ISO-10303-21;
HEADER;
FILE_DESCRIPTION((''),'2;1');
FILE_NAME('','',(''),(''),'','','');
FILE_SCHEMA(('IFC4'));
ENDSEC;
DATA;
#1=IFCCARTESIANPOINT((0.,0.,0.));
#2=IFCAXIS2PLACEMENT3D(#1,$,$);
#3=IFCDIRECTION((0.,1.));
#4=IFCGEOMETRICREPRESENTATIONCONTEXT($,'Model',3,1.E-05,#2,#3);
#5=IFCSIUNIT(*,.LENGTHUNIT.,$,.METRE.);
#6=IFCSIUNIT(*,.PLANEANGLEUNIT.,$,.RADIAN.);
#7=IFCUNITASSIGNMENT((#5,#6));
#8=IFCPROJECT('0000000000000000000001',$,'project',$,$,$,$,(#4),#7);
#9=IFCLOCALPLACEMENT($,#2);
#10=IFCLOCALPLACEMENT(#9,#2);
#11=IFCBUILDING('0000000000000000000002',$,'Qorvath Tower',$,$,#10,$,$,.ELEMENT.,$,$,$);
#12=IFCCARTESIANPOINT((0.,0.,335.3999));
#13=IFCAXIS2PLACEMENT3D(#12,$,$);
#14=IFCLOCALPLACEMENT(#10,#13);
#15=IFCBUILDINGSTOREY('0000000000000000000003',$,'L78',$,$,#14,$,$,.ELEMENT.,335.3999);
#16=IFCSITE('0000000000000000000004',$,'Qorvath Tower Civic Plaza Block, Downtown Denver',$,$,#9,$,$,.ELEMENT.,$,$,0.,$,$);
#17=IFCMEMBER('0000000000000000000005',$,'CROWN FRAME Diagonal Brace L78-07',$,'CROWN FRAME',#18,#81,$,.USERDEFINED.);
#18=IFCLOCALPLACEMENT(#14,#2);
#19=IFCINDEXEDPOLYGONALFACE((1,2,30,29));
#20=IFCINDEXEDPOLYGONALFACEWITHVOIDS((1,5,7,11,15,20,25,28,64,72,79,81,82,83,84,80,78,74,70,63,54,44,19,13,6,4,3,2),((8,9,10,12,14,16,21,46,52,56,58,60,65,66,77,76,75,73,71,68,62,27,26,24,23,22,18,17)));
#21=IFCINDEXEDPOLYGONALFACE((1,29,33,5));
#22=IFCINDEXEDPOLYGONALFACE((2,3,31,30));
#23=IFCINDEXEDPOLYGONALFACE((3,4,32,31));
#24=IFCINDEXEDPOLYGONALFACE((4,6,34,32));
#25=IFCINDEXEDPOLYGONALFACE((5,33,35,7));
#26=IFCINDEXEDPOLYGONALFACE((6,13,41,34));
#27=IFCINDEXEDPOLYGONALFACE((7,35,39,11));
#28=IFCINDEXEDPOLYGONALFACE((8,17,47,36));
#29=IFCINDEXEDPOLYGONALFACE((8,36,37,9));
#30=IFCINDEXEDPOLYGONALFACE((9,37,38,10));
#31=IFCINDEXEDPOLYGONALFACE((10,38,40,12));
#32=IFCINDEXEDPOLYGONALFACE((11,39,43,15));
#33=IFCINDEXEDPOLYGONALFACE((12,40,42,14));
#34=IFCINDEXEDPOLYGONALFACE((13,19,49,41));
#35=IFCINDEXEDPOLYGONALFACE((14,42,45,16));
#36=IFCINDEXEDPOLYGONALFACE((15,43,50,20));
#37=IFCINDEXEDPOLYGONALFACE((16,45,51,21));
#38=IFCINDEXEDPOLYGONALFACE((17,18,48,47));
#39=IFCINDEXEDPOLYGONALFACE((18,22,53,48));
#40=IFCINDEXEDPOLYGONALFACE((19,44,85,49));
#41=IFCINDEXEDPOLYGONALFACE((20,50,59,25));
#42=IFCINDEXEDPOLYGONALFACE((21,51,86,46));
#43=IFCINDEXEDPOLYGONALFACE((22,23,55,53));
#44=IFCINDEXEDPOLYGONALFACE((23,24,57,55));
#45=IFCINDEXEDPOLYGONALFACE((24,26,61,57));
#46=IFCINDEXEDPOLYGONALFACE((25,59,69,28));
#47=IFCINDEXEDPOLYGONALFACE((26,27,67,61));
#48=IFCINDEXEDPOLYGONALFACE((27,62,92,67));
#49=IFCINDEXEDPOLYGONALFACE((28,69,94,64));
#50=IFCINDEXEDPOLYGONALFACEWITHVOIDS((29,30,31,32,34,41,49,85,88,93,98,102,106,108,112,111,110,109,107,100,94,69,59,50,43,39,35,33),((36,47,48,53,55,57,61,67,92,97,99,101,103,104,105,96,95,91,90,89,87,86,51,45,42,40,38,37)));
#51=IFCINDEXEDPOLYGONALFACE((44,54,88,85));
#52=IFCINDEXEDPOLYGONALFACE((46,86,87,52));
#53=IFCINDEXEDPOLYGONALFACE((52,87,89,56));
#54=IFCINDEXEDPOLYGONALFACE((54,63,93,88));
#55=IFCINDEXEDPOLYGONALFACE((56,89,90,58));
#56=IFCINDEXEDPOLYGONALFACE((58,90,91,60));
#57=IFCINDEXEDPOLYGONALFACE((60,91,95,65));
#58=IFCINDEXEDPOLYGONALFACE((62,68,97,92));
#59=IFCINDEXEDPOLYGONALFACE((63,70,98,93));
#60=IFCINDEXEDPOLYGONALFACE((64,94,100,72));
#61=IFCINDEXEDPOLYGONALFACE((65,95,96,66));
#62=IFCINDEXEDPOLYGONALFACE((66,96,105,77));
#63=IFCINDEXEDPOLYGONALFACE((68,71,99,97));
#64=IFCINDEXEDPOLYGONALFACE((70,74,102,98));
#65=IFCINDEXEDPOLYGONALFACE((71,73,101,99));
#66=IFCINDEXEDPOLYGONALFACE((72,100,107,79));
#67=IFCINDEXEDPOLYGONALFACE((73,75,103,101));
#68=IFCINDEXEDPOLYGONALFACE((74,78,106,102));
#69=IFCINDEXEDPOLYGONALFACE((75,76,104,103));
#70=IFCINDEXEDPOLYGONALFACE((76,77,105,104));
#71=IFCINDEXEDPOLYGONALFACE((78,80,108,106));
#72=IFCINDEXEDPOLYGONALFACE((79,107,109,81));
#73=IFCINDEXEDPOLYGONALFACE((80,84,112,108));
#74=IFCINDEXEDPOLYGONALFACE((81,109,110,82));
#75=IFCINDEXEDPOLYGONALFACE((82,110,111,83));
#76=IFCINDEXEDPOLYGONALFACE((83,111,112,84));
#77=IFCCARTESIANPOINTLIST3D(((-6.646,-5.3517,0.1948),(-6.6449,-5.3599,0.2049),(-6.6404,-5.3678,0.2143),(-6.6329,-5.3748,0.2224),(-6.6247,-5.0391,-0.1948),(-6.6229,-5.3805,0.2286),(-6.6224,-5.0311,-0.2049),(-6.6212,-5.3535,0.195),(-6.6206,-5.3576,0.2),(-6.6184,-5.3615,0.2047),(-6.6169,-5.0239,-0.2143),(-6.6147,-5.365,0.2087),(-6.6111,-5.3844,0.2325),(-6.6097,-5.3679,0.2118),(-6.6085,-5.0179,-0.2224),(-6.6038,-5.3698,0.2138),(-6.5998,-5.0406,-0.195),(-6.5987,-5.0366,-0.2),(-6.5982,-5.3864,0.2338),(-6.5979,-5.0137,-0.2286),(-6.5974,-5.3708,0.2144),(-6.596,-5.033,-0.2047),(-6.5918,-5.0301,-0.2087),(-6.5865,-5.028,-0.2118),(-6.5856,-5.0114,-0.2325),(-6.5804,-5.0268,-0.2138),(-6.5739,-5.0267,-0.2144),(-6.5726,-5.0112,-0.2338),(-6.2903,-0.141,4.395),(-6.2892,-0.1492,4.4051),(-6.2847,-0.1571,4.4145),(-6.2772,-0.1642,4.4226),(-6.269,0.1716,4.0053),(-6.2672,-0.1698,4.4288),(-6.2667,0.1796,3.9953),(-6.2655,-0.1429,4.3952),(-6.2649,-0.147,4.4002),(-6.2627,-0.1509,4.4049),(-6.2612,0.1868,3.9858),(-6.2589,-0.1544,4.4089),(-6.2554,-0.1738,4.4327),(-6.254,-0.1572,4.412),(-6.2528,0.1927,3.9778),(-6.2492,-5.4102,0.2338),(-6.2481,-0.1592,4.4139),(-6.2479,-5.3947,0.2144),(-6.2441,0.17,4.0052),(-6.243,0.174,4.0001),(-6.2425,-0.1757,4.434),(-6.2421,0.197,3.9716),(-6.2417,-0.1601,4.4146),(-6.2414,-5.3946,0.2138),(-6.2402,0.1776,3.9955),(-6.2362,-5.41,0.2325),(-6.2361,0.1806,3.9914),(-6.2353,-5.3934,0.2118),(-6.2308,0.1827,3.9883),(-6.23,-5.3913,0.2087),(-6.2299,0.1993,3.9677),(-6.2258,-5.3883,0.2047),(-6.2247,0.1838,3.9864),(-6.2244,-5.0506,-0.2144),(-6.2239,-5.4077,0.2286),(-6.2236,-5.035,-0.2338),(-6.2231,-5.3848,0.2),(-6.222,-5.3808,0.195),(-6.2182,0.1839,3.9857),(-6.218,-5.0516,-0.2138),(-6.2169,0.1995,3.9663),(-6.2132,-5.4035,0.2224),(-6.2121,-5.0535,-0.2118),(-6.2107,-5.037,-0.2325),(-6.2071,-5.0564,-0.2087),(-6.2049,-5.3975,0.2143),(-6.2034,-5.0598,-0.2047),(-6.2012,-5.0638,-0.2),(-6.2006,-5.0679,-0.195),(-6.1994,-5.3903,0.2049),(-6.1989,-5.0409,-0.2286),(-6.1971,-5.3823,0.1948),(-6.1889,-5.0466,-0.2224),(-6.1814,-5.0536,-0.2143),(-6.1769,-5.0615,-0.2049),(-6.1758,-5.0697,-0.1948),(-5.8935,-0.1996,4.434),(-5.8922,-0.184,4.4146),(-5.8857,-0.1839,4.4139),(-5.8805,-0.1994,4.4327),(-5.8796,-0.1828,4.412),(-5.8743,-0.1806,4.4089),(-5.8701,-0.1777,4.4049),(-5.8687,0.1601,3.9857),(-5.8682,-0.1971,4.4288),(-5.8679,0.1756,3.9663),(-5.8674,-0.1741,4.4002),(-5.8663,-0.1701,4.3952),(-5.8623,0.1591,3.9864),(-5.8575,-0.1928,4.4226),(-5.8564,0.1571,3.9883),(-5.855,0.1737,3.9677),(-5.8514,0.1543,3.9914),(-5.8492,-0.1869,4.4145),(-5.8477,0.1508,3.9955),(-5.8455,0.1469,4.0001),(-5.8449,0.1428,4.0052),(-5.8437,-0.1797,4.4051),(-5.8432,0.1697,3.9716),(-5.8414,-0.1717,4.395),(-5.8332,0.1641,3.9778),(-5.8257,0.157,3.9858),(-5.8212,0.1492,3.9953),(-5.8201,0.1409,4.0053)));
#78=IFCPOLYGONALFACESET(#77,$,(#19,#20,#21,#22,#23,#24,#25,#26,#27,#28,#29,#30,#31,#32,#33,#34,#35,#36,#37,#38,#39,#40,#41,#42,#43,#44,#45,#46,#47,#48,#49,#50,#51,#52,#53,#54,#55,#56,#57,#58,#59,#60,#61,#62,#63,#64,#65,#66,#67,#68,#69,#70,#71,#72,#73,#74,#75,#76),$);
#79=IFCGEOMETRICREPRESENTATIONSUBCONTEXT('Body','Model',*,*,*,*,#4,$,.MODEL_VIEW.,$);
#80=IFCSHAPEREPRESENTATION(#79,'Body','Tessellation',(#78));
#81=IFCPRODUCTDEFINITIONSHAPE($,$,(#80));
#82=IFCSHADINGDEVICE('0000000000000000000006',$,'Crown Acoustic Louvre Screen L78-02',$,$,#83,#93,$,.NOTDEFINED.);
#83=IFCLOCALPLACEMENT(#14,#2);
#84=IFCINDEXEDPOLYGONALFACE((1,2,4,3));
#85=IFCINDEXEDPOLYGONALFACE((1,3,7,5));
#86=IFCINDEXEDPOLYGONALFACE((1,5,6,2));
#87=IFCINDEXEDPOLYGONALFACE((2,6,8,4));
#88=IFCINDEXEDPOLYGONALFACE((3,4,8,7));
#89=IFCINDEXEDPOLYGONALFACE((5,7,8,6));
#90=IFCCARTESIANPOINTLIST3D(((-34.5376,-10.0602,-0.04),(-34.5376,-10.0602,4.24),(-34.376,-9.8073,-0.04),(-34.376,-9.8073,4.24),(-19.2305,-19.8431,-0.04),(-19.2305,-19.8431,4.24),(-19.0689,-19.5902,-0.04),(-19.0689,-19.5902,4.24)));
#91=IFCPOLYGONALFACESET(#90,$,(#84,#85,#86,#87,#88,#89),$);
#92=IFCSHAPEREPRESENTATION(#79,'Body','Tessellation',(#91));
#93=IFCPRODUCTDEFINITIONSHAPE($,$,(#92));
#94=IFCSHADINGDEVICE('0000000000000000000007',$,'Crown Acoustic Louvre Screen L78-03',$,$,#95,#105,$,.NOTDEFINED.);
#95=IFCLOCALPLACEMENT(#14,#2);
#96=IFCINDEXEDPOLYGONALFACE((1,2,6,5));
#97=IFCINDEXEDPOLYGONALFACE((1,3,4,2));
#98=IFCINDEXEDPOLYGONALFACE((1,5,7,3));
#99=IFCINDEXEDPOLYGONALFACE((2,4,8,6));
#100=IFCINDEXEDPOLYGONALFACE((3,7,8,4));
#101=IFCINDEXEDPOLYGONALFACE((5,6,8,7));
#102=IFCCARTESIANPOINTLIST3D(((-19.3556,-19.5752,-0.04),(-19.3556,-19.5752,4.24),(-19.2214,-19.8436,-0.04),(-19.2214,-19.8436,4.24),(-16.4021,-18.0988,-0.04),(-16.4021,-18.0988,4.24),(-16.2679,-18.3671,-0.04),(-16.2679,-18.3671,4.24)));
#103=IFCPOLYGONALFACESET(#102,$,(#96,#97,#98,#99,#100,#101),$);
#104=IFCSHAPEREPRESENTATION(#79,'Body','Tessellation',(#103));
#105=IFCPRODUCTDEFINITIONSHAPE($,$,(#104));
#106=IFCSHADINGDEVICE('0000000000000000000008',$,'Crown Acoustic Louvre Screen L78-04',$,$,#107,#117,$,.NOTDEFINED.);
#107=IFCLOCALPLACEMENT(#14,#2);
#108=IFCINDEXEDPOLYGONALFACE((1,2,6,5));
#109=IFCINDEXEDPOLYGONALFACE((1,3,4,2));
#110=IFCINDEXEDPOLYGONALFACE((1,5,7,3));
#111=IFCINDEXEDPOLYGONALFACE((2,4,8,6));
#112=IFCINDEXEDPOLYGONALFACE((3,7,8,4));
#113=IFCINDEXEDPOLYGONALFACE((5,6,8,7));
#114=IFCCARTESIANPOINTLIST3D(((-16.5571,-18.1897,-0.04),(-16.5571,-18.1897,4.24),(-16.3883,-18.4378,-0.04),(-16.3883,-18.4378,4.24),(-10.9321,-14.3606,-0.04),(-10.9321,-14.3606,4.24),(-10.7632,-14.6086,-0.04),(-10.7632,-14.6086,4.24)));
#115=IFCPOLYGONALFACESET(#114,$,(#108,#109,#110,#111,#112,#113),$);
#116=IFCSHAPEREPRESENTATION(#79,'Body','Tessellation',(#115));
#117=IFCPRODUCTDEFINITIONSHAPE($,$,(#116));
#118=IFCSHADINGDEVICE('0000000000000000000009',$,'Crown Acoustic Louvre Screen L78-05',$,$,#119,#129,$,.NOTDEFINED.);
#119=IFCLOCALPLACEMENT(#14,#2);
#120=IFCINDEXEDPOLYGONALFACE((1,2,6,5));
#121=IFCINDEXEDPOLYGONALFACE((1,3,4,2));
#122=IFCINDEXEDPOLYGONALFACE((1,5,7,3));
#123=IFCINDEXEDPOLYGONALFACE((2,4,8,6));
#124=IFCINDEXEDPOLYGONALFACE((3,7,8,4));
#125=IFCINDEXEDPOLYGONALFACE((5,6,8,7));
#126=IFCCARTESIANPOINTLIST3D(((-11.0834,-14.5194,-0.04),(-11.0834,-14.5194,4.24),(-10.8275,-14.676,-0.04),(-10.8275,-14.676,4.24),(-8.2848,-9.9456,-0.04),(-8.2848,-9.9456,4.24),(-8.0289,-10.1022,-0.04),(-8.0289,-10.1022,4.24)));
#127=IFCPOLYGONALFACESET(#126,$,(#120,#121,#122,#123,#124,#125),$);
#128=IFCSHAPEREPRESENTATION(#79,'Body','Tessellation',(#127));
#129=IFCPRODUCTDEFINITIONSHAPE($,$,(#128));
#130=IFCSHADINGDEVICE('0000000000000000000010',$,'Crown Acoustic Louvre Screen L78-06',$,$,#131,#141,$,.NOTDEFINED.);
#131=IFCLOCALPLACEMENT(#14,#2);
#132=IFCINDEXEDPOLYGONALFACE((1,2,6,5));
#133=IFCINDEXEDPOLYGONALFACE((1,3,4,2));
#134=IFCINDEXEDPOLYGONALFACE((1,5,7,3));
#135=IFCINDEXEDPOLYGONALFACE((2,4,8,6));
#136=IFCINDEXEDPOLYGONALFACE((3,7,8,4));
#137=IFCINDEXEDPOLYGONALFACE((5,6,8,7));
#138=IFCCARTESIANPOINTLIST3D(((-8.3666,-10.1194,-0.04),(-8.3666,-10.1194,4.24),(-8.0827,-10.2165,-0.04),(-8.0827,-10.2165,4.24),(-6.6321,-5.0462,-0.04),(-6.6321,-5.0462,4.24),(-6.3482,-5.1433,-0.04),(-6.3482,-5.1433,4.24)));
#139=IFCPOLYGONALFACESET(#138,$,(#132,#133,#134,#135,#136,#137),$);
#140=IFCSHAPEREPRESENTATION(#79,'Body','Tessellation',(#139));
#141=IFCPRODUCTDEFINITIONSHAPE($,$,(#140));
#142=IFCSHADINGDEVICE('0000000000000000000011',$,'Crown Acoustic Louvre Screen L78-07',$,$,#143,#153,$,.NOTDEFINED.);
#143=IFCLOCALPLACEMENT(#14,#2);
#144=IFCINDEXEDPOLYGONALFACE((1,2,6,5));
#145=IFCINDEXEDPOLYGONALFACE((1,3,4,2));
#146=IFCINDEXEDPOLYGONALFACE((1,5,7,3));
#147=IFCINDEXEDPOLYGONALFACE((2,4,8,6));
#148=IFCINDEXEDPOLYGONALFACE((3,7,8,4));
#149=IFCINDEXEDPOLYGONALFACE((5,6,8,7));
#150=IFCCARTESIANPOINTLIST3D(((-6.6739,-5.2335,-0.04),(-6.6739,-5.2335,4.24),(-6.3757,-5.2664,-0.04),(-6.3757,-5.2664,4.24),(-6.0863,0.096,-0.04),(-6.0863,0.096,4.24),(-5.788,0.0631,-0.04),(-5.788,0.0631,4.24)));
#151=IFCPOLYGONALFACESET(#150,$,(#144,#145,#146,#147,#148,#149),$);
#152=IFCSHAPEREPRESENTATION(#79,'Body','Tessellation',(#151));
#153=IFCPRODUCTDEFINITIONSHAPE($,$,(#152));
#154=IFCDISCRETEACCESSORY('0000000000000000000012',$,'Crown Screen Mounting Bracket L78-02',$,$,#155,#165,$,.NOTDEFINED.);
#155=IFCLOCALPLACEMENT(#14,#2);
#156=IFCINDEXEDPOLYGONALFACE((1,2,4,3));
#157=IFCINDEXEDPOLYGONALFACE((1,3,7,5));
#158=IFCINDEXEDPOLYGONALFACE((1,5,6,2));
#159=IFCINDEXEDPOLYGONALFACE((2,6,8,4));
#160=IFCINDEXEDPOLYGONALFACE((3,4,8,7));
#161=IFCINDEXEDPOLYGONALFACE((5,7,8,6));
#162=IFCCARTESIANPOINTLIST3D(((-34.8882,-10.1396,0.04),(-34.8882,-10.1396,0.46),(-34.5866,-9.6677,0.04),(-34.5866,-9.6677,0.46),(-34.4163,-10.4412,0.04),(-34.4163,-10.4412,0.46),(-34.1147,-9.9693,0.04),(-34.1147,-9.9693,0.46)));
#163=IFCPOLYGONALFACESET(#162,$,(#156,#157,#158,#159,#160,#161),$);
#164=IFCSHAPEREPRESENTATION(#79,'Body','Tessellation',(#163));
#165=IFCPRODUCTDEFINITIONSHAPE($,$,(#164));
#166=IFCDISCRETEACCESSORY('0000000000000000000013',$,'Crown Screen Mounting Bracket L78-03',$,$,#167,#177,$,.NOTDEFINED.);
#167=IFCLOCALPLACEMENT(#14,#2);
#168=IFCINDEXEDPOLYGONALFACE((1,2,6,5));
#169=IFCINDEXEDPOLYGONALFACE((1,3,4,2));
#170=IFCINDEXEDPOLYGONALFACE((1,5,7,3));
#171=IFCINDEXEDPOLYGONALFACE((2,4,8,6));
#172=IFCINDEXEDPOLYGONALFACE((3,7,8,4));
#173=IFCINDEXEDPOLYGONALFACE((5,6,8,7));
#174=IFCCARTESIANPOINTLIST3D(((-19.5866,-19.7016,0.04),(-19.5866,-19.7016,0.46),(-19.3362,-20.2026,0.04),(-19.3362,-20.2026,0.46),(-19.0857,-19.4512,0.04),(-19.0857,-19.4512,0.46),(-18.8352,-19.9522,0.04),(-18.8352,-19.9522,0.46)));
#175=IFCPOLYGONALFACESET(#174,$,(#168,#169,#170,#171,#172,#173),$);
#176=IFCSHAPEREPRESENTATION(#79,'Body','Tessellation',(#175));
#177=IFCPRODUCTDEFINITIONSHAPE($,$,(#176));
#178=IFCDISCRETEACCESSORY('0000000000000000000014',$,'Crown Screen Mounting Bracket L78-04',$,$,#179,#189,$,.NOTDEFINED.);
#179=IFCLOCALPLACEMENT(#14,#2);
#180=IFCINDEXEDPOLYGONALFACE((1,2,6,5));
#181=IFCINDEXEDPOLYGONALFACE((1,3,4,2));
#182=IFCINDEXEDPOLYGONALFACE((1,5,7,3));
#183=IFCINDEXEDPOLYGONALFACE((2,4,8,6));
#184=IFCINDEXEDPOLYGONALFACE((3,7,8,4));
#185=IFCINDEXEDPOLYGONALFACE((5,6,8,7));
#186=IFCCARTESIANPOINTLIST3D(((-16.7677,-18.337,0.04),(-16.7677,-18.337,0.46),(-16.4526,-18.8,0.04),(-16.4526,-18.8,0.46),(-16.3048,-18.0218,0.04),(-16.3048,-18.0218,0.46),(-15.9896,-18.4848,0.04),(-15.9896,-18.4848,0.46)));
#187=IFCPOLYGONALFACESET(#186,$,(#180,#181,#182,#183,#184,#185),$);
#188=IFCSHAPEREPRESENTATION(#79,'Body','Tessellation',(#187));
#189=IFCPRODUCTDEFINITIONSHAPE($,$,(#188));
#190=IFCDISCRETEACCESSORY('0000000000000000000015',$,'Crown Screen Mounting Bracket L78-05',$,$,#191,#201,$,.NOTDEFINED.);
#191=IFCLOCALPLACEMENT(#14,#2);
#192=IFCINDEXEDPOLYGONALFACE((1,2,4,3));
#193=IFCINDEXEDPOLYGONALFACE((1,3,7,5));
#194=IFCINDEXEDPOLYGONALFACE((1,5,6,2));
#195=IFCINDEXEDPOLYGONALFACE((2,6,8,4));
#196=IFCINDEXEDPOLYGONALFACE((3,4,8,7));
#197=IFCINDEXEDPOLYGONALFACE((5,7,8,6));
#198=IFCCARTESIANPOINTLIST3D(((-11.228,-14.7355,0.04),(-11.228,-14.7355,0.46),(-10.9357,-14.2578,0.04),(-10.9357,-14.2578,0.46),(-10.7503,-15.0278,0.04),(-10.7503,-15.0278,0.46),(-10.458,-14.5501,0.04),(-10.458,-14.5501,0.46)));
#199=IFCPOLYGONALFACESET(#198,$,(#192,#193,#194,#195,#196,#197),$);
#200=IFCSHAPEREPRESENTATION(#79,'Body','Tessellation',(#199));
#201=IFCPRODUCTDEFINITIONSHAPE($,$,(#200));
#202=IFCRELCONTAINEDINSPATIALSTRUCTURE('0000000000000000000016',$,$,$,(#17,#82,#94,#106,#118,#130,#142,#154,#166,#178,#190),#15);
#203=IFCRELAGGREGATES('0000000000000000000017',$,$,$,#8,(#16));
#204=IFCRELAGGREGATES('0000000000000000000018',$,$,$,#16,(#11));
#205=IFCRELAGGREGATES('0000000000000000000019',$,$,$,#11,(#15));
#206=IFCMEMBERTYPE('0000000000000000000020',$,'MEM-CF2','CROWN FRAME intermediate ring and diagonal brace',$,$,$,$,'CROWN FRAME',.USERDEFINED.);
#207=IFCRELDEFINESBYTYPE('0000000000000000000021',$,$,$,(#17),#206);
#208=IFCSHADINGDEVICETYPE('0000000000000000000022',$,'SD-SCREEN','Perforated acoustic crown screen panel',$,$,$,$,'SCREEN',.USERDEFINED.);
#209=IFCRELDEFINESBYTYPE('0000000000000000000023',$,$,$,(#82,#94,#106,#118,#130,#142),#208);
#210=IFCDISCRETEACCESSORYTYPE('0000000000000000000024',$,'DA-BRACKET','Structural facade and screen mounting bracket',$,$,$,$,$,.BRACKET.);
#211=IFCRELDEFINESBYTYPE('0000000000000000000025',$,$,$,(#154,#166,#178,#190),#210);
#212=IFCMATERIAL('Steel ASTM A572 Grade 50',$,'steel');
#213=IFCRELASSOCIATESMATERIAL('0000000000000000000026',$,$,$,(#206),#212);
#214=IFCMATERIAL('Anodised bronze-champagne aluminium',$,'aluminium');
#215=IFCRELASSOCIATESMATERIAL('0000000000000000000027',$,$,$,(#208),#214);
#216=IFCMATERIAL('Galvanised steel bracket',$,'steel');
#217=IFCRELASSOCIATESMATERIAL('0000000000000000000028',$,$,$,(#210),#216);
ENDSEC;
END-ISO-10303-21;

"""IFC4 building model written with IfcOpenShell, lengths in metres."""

from ifc_helpers import new_model, si_unit, direction, frame, origin, origin_2d, place, context, subcontext, project, spatial, rectangle, hollow_rectangle, extrude, material, material_profile, profile_set, type_object, element, save


model = new_model("IFC4")

# Units and contexts
model_context = context("Model", 3, precision=1e-05, world=origin(), true_north=direction((0.0, 1.0)))
body_context = subcontext(model_context, "Body", "Model", "MODEL_VIEW")
ifc_project = project(units=[si_unit("LENGTHUNIT", "METRE"), si_unit("PLANEANGLEUNIT", "RADIAN")], contexts=[model_context])

# Site, building, storey
site_placement = place(None, origin())
site = spatial("IfcSite", under=ifc_project, at=site_placement, Name="Qorvath Tower Civic Plaza Block, Downtown Denver", CompositionType="ELEMENT", RefElevation=0.0)
building_placement = place(site_placement, origin())
building = spatial("IfcBuilding", under=site, at=building_placement, Name="Qorvath Tower", CompositionType="ELEMENT")
storey_placement = place(building_placement, frame((0.0, 0.0, 335.3999)))
storey = spatial("IfcBuildingStorey", under=building, at=storey_placement, Name="L78", CompositionType="ELEMENT", Elevation=335.3999)

# Member
ifc_material_1 = material(Name="Steel ASTM A572 Grade 50", Category="steel")
ifc_material_profile_1 = material_profile(ifc_material_1, hollow_rectangle(XDim=0.45, YDim=0.6001, WallThickness=0.0249, InnerFilletRadius=0.0249, OuterFilletRadius=0.05, at=origin_2d()), Name="CROWN BOX 600x450x25")
ifc_profile_set_1 = profile_set([ifc_material_profile_1], Name="Steel ASTM A572 Grade 50")
member_type_1 = type_object("IfcMemberType", Name="MEM-CF2", Description="CROWN FRAME intermediate ring and diagonal brace", ElementType="CROWN FRAME", PredefinedType="USERDEFINED", material=ifc_profile_set_1)
member_1_placement = place(storey_placement, frame((-6.4109, -5.2107, 0.0), z_axis=(0.053074, 0.77746, 0.626689), x_axis=(-0.997678, 0.068107, 0.0)))
element("IfcMember", 1, at=member_1_placement, inside=storey, type_object=member_type_1, Name="CROWN FRAME Diagonal Brace L78-07", ObjectType="CROWN FRAME", PredefinedType="USERDEFINED", context=body_context, shape_type="SweptSolid", body=[
    extrude(hollow_rectangle(XDim=0.45, YDim=0.6001, WallThickness=0.0249, InnerFilletRadius=0.0249, OuterFilletRadius=0.05, at=origin_2d()), origin(), (0.0, 0.0, 1.0), 6.7021),
])

# Shading devices
ifc_material_2 = material(Name="Anodised bronze-champagne aluminium", Category="aluminium")
shading_device_type = type_object("IfcShadingDeviceType", Name="SD-SCREEN", Description="Perforated acoustic crown screen panel", ElementType="SCREEN", PredefinedType="USERDEFINED", material=ifc_material_2)
shading_device_1_placement = place(storey_placement, frame((-26.8032, -14.8252, -0.04), z_axis=(0.0, 0.0, 1.0), x_axis=(0.842612, -0.538521, 0.0)))
element("IfcShadingDevice", 2, at=shading_device_1_placement, inside=storey, type_object=shading_device_type, Name="Crown Acoustic Louvre Screen L78-02", PredefinedType="NOTDEFINED", context=body_context, shape_type="SweptSolid", body=[
    extrude(rectangle(XDim=18.1663, YDim=0.3, at=origin_2d()), origin(), (0.0, 0.0, 1.0), 4.28),
])
shading_device_2_placement = place(storey_placement, frame((-17.8118, -18.9712, -0.04), z_axis=(0.0, 0.0, 1.0), x_axis=(0.894459, 0.44715, 0.0)))
element("IfcShadingDevice", 3, at=shading_device_2_placement, inside=storey, type_object=shading_device_type, Name="Crown Acoustic Louvre Screen L78-03", PredefinedType="NOTDEFINED", context=body_context, shape_type="SweptSolid", body=[
    extrude(rectangle(XDim=3.302, YDim=0.3, at=origin_2d()), origin(), (0.0, 0.0, 1.0), 4.28),
])
shading_device_3_placement = place(storey_placement, frame((-13.6602, -16.3992, -0.04), z_axis=(0.0, 0.0, 1.0), x_axis=(0.826643, 0.562727, 0.0)))
element("IfcShadingDevice", 4, at=shading_device_3_placement, inside=storey, type_object=shading_device_type, Name="Crown Acoustic Louvre Screen L78-04", PredefinedType="NOTDEFINED", context=body_context, shape_type="SweptSolid", body=[
    extrude(rectangle(XDim=6.8047, YDim=0.3, at=origin_2d()), origin(), (0.0, 0.0, 1.0), 4.28),
])
shading_device_4_placement = place(storey_placement, frame((-9.5562, -12.3108, -0.04), z_axis=(0.0, 0.0, 1.0), x_axis=(0.521936, 0.852985, 0.0)))
element("IfcShadingDevice", 5, at=shading_device_4_placement, inside=storey, type_object=shading_device_type, Name="Crown Acoustic Louvre Screen L78-05", PredefinedType="NOTDEFINED", context=body_context, shape_type="SweptSolid", body=[
    extrude(rectangle(XDim=5.3621, YDim=0.3, at=origin_2d()), origin(), (0.0, 0.0, 1.0), 4.28),
])
shading_device_5_placement = place(storey_placement, frame((-7.3574, -7.6313, -0.04), z_axis=(0.0, 0.0, 1.0), x_axis=(0.323513, 0.946224, 0.0)))
element("IfcShadingDevice", 6, at=shading_device_5_placement, inside=storey, type_object=shading_device_type, Name="Crown Acoustic Louvre Screen L78-06", PredefinedType="NOTDEFINED", context=body_context, shape_type="SweptSolid", body=[
    extrude(rectangle(XDim=5.3616, YDim=0.3, at=origin_2d()), origin(), (0.0, 0.0, 1.0), 4.28),
])
shading_device_6_placement = place(storey_placement, frame((-6.231, -2.5852, -0.04), z_axis=(0.0, 0.0, 1.0), x_axis=(0.109599, 0.993976, 0.0)))
element("IfcShadingDevice", 7, at=shading_device_6_placement, inside=storey, type_object=shading_device_type, Name="Crown Acoustic Louvre Screen L78-07", PredefinedType="NOTDEFINED", context=body_context, shape_type="SweptSolid", body=[
    extrude(rectangle(XDim=5.3618, YDim=0.3, at=origin_2d()), origin(), (0.0, 0.0, 1.0), 4.28),
])

# Discrete accessories
ifc_material_3 = material(Name="Galvanised steel bracket", Category="steel")
discrete_accessory_type = type_object("IfcDiscreteAccessoryType", Name="DA-BRACKET", Description="Structural facade and screen mounting bracket", PredefinedType="BRACKET", material=ifc_material_3)
for number, where, z_axis, x_axis, name in (
    (8, (-34.5015, -10.0544, 0.04), (0.0, 0.0, 1.0), (0.842612, -0.538521, 0.0), "Crown Screen Mounting Bracket L78-02"),
    (9, (-19.2109, -19.8269, 0.04), (0.0, 0.0, 1.0), (0.894459, 0.44715, 0.0), "Crown Screen Mounting Bracket L78-03"),
    (10, (-16.3787, -18.4109, 0.04), (0.0, 0.0, 1.0), (0.826643, 0.562727, 0.0), "Crown Screen Mounting Bracket L78-04"),
    (11, (-10.843, -14.6428, 0.04), (0.0, 0.0, 1.0), (0.521936, 0.852985, 0.0), "Crown Screen Mounting Bracket L78-05"),
):
    element("IfcDiscreteAccessory", number, at=place(storey_placement, frame(where, z_axis=z_axis, x_axis=x_axis)), inside=storey, type_object=discrete_accessory_type, Name=name, PredefinedType="NOTDEFINED", context=body_context, shape_type="SweptSolid", body=[
        extrude(rectangle(XDim=0.5601, YDim=0.5601, at=origin_2d()), origin(), (0.0, 0.0, 1.0), 0.4199),
    ])

save(model, "model.ifc")
